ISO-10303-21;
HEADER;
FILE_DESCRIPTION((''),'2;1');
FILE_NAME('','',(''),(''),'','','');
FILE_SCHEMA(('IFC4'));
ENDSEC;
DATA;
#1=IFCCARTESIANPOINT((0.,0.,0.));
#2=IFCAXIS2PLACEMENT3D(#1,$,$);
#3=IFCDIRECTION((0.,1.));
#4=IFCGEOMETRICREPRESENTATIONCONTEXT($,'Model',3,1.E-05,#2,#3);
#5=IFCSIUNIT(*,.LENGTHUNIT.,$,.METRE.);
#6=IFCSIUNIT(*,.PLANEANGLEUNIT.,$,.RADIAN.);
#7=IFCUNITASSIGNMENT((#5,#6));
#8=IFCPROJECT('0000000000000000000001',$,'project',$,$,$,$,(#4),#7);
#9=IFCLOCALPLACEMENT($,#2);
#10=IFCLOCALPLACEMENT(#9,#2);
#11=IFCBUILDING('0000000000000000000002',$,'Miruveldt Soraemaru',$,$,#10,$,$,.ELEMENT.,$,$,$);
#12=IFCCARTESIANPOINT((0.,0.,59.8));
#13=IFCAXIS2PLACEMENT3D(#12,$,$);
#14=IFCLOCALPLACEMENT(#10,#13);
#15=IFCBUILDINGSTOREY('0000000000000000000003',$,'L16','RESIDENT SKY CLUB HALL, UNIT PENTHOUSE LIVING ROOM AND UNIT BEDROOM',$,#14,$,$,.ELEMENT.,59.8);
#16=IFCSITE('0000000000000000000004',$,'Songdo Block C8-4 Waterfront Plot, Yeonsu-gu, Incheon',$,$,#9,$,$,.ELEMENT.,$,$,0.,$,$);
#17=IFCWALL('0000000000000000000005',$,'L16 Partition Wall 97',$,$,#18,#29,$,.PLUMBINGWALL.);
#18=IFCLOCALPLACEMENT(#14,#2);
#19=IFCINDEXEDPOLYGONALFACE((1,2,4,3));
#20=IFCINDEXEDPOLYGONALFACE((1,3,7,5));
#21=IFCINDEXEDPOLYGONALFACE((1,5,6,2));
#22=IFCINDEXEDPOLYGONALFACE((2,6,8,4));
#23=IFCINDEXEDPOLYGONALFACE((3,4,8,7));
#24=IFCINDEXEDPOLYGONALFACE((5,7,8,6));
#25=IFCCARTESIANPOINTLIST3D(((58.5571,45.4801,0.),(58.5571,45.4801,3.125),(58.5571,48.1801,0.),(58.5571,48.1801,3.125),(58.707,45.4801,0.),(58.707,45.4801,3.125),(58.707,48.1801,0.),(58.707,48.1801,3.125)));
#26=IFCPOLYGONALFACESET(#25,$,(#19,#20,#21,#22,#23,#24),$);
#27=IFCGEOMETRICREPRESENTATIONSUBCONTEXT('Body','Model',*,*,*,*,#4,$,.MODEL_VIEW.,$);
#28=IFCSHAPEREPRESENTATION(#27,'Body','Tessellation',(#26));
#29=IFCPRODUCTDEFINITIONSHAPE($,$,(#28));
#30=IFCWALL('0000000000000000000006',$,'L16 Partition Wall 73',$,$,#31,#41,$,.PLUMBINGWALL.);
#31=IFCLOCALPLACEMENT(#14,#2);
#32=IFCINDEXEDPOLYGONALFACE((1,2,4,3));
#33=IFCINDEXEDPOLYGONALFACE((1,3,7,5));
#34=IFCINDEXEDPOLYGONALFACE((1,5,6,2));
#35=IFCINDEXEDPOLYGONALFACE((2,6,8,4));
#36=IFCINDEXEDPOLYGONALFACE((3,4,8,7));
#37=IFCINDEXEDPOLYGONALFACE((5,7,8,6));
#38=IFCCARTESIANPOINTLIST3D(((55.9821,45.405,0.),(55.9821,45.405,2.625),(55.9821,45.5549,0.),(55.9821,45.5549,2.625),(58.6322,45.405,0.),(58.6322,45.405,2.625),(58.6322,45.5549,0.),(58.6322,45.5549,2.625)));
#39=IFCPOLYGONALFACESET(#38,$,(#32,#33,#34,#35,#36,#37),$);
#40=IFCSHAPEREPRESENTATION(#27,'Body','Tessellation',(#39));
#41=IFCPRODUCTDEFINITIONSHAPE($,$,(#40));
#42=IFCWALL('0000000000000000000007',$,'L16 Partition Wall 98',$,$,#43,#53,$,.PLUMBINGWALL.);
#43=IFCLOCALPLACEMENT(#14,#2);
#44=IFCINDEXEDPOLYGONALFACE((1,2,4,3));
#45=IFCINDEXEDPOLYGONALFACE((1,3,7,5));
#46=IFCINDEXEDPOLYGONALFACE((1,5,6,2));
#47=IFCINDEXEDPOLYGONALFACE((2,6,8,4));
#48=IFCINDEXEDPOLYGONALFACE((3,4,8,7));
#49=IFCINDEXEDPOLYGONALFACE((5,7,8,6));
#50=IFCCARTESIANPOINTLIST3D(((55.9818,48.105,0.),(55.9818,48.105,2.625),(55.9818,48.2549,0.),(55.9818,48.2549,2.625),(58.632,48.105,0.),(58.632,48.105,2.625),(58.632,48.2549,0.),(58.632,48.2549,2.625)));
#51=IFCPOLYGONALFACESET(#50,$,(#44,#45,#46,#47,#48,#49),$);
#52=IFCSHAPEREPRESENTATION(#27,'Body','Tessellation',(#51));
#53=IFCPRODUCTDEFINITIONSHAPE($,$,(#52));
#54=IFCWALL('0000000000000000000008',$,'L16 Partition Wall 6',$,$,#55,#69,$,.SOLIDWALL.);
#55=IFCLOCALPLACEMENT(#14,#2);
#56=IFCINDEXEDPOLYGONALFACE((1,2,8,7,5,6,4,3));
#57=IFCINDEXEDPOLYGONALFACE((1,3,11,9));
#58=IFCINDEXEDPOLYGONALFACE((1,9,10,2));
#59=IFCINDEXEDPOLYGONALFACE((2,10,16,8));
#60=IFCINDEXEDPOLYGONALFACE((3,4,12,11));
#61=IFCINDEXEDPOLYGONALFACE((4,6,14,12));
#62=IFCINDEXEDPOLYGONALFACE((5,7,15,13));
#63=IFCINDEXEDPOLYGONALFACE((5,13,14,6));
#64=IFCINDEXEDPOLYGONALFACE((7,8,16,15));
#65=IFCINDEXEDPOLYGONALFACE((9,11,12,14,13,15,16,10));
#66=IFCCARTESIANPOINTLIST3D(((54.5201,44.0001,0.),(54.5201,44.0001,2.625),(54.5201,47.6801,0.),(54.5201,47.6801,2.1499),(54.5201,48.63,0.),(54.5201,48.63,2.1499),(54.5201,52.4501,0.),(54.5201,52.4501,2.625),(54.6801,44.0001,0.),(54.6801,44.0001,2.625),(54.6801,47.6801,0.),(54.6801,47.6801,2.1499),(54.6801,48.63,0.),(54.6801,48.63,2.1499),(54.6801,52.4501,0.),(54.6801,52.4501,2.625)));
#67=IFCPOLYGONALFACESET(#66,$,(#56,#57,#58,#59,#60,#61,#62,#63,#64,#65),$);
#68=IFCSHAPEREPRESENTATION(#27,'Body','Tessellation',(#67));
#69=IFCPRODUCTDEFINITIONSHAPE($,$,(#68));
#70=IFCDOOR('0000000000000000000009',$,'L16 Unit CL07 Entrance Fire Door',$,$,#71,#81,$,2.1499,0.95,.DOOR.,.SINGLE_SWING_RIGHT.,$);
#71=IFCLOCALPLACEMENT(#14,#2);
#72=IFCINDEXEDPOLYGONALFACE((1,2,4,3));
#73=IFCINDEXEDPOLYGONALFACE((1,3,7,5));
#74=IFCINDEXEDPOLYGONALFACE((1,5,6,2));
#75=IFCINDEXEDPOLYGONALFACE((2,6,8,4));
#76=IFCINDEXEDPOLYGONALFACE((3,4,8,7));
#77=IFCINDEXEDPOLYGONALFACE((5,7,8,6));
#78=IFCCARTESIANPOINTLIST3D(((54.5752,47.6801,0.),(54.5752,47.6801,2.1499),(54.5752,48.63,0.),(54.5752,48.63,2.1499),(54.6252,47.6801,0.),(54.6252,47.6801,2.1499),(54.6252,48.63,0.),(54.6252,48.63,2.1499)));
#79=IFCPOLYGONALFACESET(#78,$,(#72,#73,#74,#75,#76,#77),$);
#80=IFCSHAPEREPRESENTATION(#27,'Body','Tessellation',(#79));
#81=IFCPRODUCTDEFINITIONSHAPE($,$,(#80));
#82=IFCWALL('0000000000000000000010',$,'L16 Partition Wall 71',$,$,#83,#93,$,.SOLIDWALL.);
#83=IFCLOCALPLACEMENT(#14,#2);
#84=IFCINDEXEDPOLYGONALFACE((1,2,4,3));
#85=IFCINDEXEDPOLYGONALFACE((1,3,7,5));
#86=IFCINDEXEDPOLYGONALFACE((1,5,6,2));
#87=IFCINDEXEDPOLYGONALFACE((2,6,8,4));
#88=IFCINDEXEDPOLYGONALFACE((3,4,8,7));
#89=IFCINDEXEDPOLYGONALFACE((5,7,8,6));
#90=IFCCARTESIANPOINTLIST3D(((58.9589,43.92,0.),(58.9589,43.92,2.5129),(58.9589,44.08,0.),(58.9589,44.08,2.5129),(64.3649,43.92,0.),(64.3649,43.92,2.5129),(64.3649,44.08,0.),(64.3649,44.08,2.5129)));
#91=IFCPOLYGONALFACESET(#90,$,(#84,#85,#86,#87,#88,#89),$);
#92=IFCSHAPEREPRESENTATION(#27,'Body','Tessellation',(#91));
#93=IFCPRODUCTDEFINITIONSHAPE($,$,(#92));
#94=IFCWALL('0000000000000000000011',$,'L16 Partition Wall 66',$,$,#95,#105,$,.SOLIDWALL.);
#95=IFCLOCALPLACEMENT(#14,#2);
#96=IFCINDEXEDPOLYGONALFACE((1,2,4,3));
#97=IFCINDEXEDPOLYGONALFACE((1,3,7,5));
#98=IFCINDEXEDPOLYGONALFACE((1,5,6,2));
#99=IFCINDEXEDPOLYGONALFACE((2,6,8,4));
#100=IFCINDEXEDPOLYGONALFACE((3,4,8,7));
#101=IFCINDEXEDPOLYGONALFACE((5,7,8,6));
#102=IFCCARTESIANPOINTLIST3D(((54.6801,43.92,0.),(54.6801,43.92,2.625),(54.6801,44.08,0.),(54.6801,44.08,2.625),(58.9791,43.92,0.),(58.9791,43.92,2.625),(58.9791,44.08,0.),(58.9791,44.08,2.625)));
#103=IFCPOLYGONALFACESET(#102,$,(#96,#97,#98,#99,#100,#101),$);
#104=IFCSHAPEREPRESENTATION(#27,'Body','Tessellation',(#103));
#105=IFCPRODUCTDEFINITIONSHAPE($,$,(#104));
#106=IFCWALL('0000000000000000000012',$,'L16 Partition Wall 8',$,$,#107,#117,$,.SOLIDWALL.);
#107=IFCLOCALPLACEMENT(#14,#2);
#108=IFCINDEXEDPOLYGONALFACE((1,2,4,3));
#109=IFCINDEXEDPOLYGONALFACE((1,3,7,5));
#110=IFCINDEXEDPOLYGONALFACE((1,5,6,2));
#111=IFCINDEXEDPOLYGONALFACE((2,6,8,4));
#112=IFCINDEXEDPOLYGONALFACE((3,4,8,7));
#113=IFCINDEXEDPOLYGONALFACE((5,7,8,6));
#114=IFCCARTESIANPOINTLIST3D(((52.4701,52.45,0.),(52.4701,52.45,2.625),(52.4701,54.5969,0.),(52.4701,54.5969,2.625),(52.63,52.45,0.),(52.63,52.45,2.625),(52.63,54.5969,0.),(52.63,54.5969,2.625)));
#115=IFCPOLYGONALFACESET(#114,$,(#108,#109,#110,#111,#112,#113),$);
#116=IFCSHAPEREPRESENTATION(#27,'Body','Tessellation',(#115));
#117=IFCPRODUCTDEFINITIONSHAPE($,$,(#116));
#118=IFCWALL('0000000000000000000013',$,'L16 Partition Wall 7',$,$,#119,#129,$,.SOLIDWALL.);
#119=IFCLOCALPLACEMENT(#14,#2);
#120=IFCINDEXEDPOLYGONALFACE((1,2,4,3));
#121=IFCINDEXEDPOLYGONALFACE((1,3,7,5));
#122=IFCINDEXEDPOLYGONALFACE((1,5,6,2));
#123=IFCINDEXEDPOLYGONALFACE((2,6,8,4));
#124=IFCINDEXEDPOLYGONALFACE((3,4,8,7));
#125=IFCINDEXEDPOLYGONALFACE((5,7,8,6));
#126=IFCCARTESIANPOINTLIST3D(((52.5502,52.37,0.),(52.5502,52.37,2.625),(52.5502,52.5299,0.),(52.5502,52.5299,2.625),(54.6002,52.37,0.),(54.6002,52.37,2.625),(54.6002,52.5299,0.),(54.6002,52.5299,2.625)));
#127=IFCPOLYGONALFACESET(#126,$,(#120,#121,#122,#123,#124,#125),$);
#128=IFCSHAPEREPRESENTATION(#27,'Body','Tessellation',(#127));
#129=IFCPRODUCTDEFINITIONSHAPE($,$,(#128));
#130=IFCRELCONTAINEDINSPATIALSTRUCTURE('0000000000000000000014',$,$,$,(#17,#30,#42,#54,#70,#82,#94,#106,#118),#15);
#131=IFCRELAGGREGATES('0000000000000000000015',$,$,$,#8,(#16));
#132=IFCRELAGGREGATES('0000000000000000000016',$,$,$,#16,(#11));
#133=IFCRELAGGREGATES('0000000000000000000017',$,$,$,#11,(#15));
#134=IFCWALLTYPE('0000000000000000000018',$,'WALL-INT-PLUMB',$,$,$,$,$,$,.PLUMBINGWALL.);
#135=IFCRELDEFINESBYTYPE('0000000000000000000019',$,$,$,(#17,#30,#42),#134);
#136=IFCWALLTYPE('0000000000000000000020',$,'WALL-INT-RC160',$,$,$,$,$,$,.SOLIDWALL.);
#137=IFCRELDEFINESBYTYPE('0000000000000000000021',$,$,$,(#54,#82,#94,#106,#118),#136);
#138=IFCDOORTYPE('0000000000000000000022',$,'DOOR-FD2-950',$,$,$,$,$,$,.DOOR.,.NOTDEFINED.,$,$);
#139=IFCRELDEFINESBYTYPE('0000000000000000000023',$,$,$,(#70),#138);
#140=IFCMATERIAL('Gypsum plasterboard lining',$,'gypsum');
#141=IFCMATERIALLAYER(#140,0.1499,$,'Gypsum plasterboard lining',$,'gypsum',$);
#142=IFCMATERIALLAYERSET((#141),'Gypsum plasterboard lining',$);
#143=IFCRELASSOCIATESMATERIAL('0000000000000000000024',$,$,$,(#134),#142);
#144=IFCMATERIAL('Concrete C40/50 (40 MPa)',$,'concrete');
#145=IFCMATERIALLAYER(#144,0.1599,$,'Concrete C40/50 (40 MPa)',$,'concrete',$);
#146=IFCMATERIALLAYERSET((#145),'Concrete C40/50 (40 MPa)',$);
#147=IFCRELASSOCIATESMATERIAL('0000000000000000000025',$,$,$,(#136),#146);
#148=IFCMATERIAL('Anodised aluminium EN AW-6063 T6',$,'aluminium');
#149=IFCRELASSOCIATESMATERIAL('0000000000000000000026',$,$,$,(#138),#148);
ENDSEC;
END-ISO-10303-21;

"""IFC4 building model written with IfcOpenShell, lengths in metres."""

from ifc_helpers import new_model, si_unit, direction, frame, frame_2d, origin, place, context, subcontext, project, spatial, rectangle, extrude, material, layer, layer_set, type_object, element, fill, save


model = new_model("IFC4")

# Units and contexts
model_context = context("Model", 3, precision=1e-05, world=origin(), true_north=direction((0.0, 1.0)))
body_context = subcontext(model_context, "Body", "Model", "MODEL_VIEW")
ifc_project = project(units=[si_unit("LENGTHUNIT", "METRE"), si_unit("PLANEANGLEUNIT", "RADIAN")], contexts=[model_context])

# Site, building, storey
site_placement = place(None, origin())
site = spatial("IfcSite", under=ifc_project, at=site_placement, Name="Songdo Block C8-4 Waterfront Plot, Yeonsu-gu, Incheon", CompositionType="ELEMENT", RefElevation=0.0)
building_placement = place(site_placement, origin())
building = spatial("IfcBuilding", under=site, at=building_placement, Name="Miruveldt Soraemaru", CompositionType="ELEMENT")
storey_placement = place(building_placement, frame((0.0, 0.0, 59.8)))
storey = spatial("IfcBuildingStorey", under=building, at=storey_placement, Name="L16", Description="RESIDENT SKY CLUB HALL, UNIT PENTHOUSE LIVING ROOM AND UNIT BEDROOM", CompositionType="ELEMENT", Elevation=59.8)

# Shared definitions
ifc_material_1 = material(Name="Gypsum plasterboard lining", Category="gypsum")
ifc_layer_1 = layer(ifc_material_1, 0.1499, Name="Gypsum plasterboard lining", Category="gypsum")
ifc_layer_set_1 = layer_set([ifc_layer_1], Name="Gypsum plasterboard lining")
wall_type_1 = type_object("IfcWallType", Name="WALL-INT-PLUMB", PredefinedType="PLUMBINGWALL", material=ifc_layer_set_1)
ifc_material_2 = material(Name="Anodised aluminium EN AW-6063 T6", Category="aluminium")

# Walls
wall_1_placement = place(storey_placement, frame((58.6321, 45.48, 0.0), z_axis=(0.0, 0.0, 1.0), x_axis=(0.0, 1.0, 0.0)))
element("IfcWall", 1, at=wall_1_placement, inside=storey, type_object=wall_type_1, Name="L16 Partition Wall 97", PredefinedType="PLUMBINGWALL", context=body_context, shape_type="SweptSolid", body=[
    extrude(rectangle(XDim=2.7, YDim=0.1499, at=frame_2d((1.3501, 0.0))), origin(), (0.0, 0.0, 1.0), 3.125),
])
for number, where, z_axis, x_axis, name in (
    (2, (55.9819, 45.48, 0.0), (0.0, 0.0, 1.0), (1.0, 0.0, 0.0), "L16 Partition Wall 73"),
    (3, (58.6321, 48.1799, 0.0), (0.0, 0.0, 1.0), (-1.0, 0.0, 0.0), "L16 Partition Wall 98"),
):
    element("IfcWall", number, at=place(storey_placement, frame(where, z_axis=z_axis, x_axis=x_axis)), inside=storey, type_object=wall_type_1, Name=name, PredefinedType="PLUMBINGWALL", context=body_context, shape_type="SweptSolid", body=[
        extrude(rectangle(XDim=2.6501, YDim=0.1499, at=frame_2d((1.3252, 0.0))), origin(), (0.0, 0.0, 1.0), 2.625),
    ])

# Wall, opening, door
ifc_material_3 = material(Name="Concrete C40/50 (40 MPa)", Category="concrete")
ifc_layer_2 = layer(ifc_material_3, 0.1599, Name="Concrete C40/50 (40 MPa)", Category="concrete")
ifc_layer_set_2 = layer_set([ifc_layer_2], Name="Concrete C40/50 (40 MPa)")
wall_type_2 = type_object("IfcWallType", Name="WALL-INT-RC160", PredefinedType="SOLIDWALL", material=ifc_layer_set_2)
wall_2_placement = place(storey_placement, frame((54.6001, 44.0, 0.0), z_axis=(0.0, 0.0, 1.0), x_axis=(0.0, 1.0, 0.0)))
wall_2 = element("IfcWall", 4, at=wall_2_placement, inside=storey, type_object=wall_type_2, Name="L16 Partition Wall 6", PredefinedType="SOLIDWALL", context=body_context, shape_type="SweptSolid", body=[
    extrude(rectangle(XDim=8.45, YDim=0.1599, at=frame_2d((4.2251, 0.0))), origin(), (0.0, 0.0, 1.0), 2.625),
])
opening_1_placement = place(wall_2_placement, frame((3.6799, 0.0, 0.0)))
opening_1 = element("IfcOpeningElement", 5, at=opening_1_placement, cuts=wall_2, PredefinedType="OPENING", context=body_context, shape_type="SweptSolid", body=[
    extrude(rectangle(XDim=0.95, YDim=2.1499, at=frame_2d((0.4751, 1.075))), frame((0.0, 0.0898, 0.0), z_axis=(0.0, -1.0, 0.0), x_axis=(1.0, 0.0, 0.0)), (0.0, 0.0, 1.0), 0.1799),
])
door_type_1 = type_object("IfcDoorType", Name="DOOR-FD2-950", OperationType="NOTDEFINED", PredefinedType="DOOR", material=ifc_material_2)
door_1_placement = place(opening_1_placement, origin())
door_1 = element("IfcDoor", 6, at=door_1_placement, inside=storey, type_object=door_type_1, Name="L16 Unit CL07 Entrance Fire Door", OperationType="SINGLE_SWING_RIGHT", OverallHeight=2.1499, OverallWidth=0.95, PredefinedType="DOOR", context=body_context, shape_type="SweptSolid", body=[
    extrude(rectangle(XDim=0.95, YDim=2.1499, at=frame_2d((0.4751, 1.075))), frame((0.0, 0.0249, 0.0), z_axis=(0.0, -1.0, 0.0), x_axis=(1.0, 0.0, 0.0)), (0.0, 0.0, 1.0), 0.05),
])
fill(opening_1, door_1)

# Walls
wall_3_placement = place(storey_placement, frame((64.365, 44.0, 0.0), z_axis=(0.0, 0.0, 1.0), x_axis=(-1.0, 0.0, 0.0)))
element("IfcWall", 7, at=wall_3_placement, inside=storey, type_object=wall_type_2, Name="L16 Partition Wall 71", PredefinedType="SOLIDWALL", context=body_context, shape_type="SweptSolid", body=[
    extrude(rectangle(XDim=5.406, YDim=0.1599, at=frame_2d((2.7031, 0.0))), origin(), (0.0, 0.0, 1.0), 2.5129),
])
wall_4_placement = place(storey_placement, frame((58.979, 44.0, 0.0), z_axis=(0.0, 0.0, 1.0), x_axis=(-1.0, 0.0, 0.0)))
element("IfcWall", 8, at=wall_4_placement, inside=storey, type_object=wall_type_2, Name="L16 Partition Wall 66", PredefinedType="SOLIDWALL", context=body_context, shape_type="SweptSolid", body=[
    extrude(rectangle(XDim=4.2991, YDim=0.1599, at=frame_2d((2.1494, 0.0))), origin(), (0.0, 0.0, 1.0), 2.625),
])
wall_5_placement = place(storey_placement, frame((52.55, 52.45, 0.0), z_axis=(0.0, 0.0, 1.0), x_axis=(0.0, 1.0, 0.0)))
element("IfcWall", 9, at=wall_5_placement, inside=storey, type_object=wall_type_2, Name="L16 Partition Wall 8", PredefinedType="SOLIDWALL", context=body_context, shape_type="SweptSolid", body=[
    extrude(rectangle(XDim=2.147, YDim=0.1599, at=frame_2d((1.0735, 0.0))), origin(), (0.0, 0.0, 1.0), 2.625),
])
wall_6_placement = place(storey_placement, frame((54.6001, 52.45, 0.0), z_axis=(0.0, 0.0, 1.0), x_axis=(-1.0, 0.0, 0.0)))
element("IfcWall", 10, at=wall_6_placement, inside=storey, type_object=wall_type_2, Name="L16 Partition Wall 7", PredefinedType="SOLIDWALL", context=body_context, shape_type="SweptSolid", body=[
    extrude(rectangle(XDim=2.05, YDim=0.1599, at=frame_2d((1.0249, 0.0))), origin(), (0.0, 0.0, 1.0), 2.625),
])

save(model, "model.ifc")
